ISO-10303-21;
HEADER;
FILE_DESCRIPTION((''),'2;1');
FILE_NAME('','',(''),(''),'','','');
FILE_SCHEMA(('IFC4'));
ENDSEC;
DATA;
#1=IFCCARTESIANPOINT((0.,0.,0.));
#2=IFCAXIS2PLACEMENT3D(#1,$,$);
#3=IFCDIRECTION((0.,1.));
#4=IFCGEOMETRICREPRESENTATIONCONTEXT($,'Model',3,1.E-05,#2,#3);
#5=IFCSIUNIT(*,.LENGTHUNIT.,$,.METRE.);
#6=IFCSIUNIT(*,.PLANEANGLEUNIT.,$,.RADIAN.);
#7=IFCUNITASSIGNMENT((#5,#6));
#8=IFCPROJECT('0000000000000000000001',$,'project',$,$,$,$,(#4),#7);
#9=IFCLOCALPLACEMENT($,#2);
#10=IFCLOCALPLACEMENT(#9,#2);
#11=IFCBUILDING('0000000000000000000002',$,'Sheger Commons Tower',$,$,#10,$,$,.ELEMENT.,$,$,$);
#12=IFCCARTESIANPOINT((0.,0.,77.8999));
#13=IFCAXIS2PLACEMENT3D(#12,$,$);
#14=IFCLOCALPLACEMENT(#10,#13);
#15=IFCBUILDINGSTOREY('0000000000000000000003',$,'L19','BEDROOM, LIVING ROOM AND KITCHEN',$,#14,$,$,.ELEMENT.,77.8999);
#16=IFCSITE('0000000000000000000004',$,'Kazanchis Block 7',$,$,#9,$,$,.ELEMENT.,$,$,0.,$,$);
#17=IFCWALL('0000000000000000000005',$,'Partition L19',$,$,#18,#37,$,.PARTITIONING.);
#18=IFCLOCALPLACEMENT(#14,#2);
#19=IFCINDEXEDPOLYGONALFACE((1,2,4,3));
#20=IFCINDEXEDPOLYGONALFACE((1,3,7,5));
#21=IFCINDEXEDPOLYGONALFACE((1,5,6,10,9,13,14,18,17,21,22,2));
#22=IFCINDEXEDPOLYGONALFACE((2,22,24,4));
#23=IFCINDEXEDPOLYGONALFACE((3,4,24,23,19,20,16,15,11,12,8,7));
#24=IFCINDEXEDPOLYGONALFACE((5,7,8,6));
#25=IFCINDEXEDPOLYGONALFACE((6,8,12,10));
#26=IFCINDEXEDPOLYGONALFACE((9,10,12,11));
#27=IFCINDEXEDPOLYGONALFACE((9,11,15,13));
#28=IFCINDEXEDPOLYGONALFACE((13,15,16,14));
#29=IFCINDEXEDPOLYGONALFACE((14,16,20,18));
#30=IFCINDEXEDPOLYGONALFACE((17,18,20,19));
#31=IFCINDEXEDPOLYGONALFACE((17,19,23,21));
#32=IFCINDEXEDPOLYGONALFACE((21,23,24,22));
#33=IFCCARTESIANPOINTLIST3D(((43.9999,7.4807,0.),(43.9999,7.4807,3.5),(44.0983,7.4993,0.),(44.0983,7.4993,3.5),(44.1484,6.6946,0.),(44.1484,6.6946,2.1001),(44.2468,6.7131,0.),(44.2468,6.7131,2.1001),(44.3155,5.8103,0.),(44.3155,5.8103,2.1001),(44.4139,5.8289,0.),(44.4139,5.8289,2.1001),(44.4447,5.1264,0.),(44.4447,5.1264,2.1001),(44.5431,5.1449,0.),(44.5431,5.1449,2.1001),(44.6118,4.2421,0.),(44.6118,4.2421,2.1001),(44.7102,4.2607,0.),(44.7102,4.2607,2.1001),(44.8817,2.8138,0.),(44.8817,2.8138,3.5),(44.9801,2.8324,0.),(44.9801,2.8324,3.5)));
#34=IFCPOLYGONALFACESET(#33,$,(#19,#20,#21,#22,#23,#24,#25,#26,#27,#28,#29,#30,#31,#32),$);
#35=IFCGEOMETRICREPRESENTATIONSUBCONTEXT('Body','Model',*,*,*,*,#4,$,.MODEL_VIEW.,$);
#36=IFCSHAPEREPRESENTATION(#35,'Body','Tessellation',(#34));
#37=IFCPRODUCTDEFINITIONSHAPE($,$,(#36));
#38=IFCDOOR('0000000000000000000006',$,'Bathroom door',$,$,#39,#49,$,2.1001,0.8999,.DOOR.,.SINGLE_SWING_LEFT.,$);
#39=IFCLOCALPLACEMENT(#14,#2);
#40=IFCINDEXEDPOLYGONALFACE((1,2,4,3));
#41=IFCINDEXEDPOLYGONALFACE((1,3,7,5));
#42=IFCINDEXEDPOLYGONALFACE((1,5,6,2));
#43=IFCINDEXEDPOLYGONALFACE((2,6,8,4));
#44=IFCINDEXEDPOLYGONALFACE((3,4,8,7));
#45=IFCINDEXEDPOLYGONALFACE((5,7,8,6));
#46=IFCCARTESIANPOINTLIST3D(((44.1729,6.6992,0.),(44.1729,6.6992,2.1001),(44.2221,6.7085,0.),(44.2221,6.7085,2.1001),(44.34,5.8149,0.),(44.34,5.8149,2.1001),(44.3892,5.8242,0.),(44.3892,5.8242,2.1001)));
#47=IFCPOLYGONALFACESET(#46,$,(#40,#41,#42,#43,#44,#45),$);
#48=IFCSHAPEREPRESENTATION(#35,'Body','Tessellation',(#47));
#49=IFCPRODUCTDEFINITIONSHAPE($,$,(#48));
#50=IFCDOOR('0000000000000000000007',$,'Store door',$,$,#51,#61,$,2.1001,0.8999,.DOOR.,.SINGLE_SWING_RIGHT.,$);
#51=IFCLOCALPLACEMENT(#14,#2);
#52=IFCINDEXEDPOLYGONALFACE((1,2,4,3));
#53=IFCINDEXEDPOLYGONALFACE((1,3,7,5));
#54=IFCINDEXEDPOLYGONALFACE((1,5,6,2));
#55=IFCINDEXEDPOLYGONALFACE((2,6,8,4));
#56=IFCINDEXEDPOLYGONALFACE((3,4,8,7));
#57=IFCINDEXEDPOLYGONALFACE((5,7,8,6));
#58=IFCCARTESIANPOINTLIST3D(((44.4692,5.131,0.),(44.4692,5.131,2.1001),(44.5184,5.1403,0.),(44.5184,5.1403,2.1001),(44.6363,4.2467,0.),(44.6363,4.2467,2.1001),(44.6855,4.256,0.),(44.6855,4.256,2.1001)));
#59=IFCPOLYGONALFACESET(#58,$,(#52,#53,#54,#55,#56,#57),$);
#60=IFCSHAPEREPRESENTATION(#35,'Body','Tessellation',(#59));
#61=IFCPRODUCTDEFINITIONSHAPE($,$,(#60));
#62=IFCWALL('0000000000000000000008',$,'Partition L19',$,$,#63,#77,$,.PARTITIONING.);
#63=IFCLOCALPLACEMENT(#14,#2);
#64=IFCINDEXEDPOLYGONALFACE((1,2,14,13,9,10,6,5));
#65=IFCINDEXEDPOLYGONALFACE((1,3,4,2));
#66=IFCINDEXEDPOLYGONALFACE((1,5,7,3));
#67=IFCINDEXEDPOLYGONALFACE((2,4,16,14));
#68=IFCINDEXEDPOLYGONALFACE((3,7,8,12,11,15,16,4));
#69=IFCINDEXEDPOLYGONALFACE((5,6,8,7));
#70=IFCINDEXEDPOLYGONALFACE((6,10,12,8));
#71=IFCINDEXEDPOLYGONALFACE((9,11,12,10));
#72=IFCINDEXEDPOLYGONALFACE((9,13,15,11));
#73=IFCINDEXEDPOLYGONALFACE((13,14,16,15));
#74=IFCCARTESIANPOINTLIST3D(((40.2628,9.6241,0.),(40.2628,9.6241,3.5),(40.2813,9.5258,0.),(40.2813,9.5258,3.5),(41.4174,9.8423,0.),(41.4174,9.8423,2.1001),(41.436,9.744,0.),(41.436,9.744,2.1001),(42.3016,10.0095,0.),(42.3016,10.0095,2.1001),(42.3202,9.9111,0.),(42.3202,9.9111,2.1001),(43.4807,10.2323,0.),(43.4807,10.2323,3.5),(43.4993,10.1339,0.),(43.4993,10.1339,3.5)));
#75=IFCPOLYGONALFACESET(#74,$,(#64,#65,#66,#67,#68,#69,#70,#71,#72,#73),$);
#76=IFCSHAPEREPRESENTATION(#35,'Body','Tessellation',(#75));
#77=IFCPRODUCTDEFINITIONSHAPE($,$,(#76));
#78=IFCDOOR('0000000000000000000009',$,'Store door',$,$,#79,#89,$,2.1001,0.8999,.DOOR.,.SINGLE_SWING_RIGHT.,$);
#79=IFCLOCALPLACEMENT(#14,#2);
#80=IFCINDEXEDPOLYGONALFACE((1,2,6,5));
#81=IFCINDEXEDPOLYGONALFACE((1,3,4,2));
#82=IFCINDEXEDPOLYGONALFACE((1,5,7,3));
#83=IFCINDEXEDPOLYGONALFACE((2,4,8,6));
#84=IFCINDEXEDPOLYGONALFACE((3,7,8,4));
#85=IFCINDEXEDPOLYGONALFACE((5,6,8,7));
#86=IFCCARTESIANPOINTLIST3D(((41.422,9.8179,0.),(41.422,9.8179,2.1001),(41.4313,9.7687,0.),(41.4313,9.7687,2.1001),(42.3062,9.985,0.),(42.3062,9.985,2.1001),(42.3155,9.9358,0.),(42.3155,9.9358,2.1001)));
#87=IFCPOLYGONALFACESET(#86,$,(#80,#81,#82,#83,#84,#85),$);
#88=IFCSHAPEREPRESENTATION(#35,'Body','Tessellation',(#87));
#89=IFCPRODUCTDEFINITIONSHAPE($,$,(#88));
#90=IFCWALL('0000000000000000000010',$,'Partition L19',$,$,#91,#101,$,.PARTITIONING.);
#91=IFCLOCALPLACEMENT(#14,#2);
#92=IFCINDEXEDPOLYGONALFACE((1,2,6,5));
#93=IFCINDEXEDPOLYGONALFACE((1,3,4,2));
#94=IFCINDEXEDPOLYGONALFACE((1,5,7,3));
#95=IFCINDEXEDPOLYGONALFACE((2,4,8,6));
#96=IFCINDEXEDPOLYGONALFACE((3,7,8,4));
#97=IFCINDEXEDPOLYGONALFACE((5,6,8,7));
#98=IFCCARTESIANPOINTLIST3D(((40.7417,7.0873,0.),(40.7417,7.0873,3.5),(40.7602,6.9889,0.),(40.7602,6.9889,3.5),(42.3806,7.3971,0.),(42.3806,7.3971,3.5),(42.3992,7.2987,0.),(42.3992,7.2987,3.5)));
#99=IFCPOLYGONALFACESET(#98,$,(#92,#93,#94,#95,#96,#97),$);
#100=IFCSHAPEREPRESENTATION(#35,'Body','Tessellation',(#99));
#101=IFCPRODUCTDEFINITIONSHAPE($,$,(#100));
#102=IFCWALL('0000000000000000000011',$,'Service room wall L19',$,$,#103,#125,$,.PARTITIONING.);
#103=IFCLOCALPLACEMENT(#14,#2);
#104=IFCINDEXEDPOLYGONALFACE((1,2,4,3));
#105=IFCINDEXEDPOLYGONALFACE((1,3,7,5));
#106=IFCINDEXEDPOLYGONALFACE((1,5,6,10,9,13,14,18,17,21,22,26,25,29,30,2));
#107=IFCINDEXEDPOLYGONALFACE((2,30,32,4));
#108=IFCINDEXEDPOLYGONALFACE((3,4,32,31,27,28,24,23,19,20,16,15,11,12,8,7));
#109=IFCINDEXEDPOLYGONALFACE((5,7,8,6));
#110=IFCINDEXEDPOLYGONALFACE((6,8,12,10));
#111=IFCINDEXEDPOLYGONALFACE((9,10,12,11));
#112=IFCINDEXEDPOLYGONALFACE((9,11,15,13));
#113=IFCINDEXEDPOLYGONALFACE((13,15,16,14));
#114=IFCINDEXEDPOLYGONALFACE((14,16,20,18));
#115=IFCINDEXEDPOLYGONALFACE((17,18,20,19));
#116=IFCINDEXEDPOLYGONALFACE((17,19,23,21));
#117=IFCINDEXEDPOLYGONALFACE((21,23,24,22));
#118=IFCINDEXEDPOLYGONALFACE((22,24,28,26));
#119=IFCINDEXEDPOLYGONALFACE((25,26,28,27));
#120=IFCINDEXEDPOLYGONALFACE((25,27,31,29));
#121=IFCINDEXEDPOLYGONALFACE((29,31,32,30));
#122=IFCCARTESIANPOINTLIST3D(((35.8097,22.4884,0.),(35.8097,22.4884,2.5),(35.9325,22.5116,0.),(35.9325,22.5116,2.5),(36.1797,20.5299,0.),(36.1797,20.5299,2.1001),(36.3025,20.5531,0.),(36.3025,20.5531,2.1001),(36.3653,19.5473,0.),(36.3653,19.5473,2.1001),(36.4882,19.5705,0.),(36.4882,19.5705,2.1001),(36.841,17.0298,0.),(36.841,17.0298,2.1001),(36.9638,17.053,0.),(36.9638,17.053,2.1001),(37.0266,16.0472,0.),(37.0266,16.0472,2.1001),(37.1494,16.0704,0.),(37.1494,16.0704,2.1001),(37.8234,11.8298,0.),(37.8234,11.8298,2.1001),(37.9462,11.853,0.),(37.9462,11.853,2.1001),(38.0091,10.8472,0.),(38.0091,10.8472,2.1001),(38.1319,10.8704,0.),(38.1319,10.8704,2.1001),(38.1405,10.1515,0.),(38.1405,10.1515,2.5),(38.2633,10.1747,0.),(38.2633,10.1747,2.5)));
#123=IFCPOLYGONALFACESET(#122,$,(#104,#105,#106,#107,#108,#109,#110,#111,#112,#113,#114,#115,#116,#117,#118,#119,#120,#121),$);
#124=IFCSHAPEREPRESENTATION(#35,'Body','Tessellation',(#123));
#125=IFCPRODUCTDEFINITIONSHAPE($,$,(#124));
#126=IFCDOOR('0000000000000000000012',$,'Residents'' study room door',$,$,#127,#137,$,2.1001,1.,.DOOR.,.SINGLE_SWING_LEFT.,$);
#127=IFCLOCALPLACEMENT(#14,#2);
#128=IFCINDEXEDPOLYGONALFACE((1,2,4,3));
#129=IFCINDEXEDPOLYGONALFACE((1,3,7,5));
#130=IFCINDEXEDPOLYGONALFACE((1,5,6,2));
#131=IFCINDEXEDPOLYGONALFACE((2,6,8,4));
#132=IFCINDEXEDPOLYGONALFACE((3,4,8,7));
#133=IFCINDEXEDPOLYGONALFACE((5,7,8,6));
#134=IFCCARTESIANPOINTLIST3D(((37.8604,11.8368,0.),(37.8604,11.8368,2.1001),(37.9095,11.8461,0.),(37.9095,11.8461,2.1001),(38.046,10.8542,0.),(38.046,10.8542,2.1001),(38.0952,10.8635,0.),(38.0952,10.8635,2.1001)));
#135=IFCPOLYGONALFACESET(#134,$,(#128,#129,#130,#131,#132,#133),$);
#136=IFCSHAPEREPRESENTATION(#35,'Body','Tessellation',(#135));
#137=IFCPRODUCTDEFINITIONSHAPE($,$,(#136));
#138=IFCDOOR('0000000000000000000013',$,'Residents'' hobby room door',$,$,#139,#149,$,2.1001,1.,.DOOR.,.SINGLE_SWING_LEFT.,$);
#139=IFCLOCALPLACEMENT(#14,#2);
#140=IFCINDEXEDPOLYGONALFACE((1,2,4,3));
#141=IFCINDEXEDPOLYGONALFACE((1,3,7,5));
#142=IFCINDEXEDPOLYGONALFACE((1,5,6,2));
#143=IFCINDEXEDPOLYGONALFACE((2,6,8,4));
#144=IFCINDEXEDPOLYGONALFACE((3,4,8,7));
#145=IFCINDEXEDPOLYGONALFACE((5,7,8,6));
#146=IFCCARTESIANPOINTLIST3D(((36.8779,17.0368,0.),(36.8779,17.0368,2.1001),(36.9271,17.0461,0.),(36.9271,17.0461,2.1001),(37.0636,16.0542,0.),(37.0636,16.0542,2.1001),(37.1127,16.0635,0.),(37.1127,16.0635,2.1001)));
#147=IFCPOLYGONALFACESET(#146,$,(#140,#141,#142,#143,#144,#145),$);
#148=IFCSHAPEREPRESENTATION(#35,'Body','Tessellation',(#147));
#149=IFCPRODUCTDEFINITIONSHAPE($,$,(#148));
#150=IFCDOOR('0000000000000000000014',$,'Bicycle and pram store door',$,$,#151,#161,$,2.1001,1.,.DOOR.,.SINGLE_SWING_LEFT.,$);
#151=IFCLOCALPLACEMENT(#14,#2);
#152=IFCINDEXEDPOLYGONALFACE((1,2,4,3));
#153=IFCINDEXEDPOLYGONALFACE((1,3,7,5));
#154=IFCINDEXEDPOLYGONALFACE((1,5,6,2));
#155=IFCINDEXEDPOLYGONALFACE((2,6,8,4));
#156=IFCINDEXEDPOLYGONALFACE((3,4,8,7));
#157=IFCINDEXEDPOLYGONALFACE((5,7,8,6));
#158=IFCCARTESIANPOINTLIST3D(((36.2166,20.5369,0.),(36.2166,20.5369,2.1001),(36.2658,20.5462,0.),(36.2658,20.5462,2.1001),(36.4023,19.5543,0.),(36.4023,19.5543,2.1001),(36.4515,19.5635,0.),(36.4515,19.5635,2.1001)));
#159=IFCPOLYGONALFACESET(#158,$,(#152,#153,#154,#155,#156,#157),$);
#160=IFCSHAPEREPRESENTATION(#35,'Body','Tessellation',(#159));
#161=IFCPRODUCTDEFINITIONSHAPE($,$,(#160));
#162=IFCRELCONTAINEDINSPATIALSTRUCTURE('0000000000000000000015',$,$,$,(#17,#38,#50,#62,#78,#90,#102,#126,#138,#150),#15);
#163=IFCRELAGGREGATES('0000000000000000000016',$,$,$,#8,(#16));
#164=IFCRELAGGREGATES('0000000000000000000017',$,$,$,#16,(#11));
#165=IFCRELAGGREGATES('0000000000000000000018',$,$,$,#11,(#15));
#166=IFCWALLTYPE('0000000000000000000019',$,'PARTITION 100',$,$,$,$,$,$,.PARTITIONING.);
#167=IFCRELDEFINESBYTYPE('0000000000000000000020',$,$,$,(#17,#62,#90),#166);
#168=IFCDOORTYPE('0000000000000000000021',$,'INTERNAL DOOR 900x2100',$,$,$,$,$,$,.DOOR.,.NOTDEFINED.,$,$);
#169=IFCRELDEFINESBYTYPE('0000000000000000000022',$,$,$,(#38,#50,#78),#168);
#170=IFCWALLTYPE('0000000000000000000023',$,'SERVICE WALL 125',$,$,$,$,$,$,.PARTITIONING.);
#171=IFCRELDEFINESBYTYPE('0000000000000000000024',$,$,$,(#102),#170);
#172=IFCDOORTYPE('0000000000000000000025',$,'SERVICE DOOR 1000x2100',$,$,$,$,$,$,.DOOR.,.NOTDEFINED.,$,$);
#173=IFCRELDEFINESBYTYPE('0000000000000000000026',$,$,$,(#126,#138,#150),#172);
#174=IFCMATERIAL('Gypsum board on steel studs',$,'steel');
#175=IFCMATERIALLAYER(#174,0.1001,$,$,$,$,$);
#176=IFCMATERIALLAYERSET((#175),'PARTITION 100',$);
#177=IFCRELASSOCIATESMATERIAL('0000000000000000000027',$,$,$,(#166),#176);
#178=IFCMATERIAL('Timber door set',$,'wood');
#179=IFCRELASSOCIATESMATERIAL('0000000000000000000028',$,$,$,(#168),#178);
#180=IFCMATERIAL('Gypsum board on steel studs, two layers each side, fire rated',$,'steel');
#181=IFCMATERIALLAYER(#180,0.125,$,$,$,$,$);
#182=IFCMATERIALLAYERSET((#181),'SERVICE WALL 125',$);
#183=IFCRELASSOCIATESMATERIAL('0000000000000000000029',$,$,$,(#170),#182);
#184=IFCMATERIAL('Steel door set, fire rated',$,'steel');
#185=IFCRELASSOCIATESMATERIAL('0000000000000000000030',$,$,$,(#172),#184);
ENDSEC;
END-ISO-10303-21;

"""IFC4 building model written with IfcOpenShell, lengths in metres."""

from ifc_helpers import new_model, si_unit, direction, frame, frame_2d, origin, place, context, subcontext, project, spatial, rectangle, extrude, material, layer, layer_set, type_object, element, fill, save


model = new_model("IFC4")

# Units and contexts
model_context = context("Model", 3, precision=1e-05, world=origin(), true_north=direction((0.0, 1.0)))
body_context = subcontext(model_context, "Body", "Model", "MODEL_VIEW")
ifc_project = project(units=[si_unit("LENGTHUNIT", "METRE"), si_unit("PLANEANGLEUNIT", "RADIAN")], contexts=[model_context])

# Site, building, storey
site_placement = place(None, origin())
site = spatial("IfcSite", under=ifc_project, at=site_placement, Name="Kazanchis Block 7", CompositionType="ELEMENT", RefElevation=0.0)
building_placement = place(site_placement, origin())
building = spatial("IfcBuilding", under=site, at=building_placement, Name="Sheger Commons Tower", CompositionType="ELEMENT")
storey_placement = place(building_placement, frame((0.0, 0.0, 77.8999)))
storey = spatial("IfcBuildingStorey", under=building, at=storey_placement, Name="L19", Description="BEDROOM, LIVING ROOM AND KITCHEN", CompositionType="ELEMENT", Elevation=77.8999)

# Shared definitions
ifc_material_1 = material(Name="Gypsum board on steel studs", Category="steel")
ifc_layer_1 = layer(ifc_material_1, 0.1001)
ifc_layer_set_1 = layer_set([ifc_layer_1], Name="PARTITION 100")
wall_type_1 = type_object("IfcWallType", Name="PARTITION 100", PredefinedType="PARTITIONING", material=ifc_layer_set_1)
ifc_material_2 = material(Name="Timber door set", Category="wood")
door_type_1 = type_object("IfcDoorType", Name="INTERNAL DOOR 900x2100", OperationType="NOTDEFINED", PredefinedType="DOOR", material=ifc_material_2)

# Wall, openings, doors
wall_1_placement = place(storey_placement, frame((44.0491, 7.49, 0.0), z_axis=(0.0, 0.0, 1.0), x_axis=(0.185666, -0.982613, 0.0)))
wall_1 = element("IfcWall", 1, at=wall_1_placement, inside=storey, type_object=wall_type_1, Name="Partition L19", PredefinedType="PARTITIONING", context=body_context, shape_type="SweptSolid", body=[
    extrude(rectangle(XDim=4.7495, YDim=0.1001, at=frame_2d((2.3748, 0.0))), origin(), (0.0, 0.0, 1.0), 3.5),
])
opening_1_placement = place(wall_1_placement, frame((0.8, 0.0, 0.0)))
opening_1 = element("IfcOpeningElement", 2, at=opening_1_placement, cuts=wall_1, PredefinedType="OPENING", context=body_context, shape_type="SweptSolid", body=[
    extrude(rectangle(XDim=0.8999, YDim=2.1001, at=frame_2d((0.45, 1.05))), frame((0.0, 0.0601, 0.0), z_axis=(0.0, -1.0, 0.0), x_axis=(1.0, 0.0, 0.0)), (0.0, 0.0, 1.0), 0.1201),
])
opening_2_placement = place(wall_1_placement, frame((2.396, 0.0, 0.0)))
opening_2 = element("IfcOpeningElement", 3, at=opening_2_placement, cuts=wall_1, PredefinedType="OPENING", context=body_context, shape_type="SweptSolid", body=[
    extrude(rectangle(XDim=0.8999, YDim=2.1001, at=frame_2d((0.45, 1.05))), frame((0.0, 0.0601, 0.0), z_axis=(0.0, -1.0, 0.0), x_axis=(1.0, 0.0, 0.0)), (0.0, 0.0, 1.0), 0.1201),
])
door_1_placement = place(opening_1_placement, origin())
door_1 = element("IfcDoor", 4, at=door_1_placement, inside=storey, type_object=door_type_1, Name="Bathroom door", OperationType="SINGLE_SWING_LEFT", OverallHeight=2.1001, OverallWidth=0.8999, PredefinedType="DOOR", context=body_context, shape_type="SweptSolid", body=[
    extrude(rectangle(XDim=0.8999, YDim=2.1001, at=frame_2d((0.45, 1.05))), frame((0.0, 0.0249, 0.0), z_axis=(0.0, -1.0, 0.0), x_axis=(1.0, 0.0, 0.0)), (0.0, 0.0, 1.0), 0.05),
])
fill(opening_1, door_1)
door_2_placement = place(opening_2_placement, origin())
door_2 = element("IfcDoor", 5, at=door_2_placement, inside=storey, type_object=door_type_1, Name="Store door", OperationType="SINGLE_SWING_RIGHT", OverallHeight=2.1001, OverallWidth=0.8999, PredefinedType="DOOR", context=body_context, shape_type="SweptSolid", body=[
    extrude(rectangle(XDim=0.8999, YDim=2.1001, at=frame_2d((0.45, 1.05))), frame((0.0, 0.0249, 0.0), z_axis=(0.0, -1.0, 0.0), x_axis=(1.0, 0.0, 0.0)), (0.0, 0.0, 1.0), 0.05),
])
fill(opening_2, door_2)

# Wall, opening, door
wall_2_placement = place(storey_placement, frame((43.49, 10.1831, 0.0), z_axis=(0.0, 0.0, 1.0), x_axis=(-0.982607, -0.185697, 0.0)))
wall_2 = element("IfcWall", 6, at=wall_2_placement, inside=storey, type_object=wall_type_1, Name="Partition L19", PredefinedType="PARTITIONING", context=body_context, shape_type="SweptSolid", body=[
    extrude(rectangle(XDim=3.2749, YDim=0.1001, at=frame_2d((1.6375, 0.0))), origin(), (0.0, 0.0, 1.0), 3.5),
])
opening_3_placement = place(wall_2_placement, frame((1.2, 0.0, 0.0)))
opening_3 = element("IfcOpeningElement", 7, at=opening_3_placement, cuts=wall_2, PredefinedType="OPENING", context=body_context, shape_type="SweptSolid", body=[
    extrude(rectangle(XDim=0.8999, YDim=2.1001, at=frame_2d((0.45, 1.05))), frame((0.0, 0.0601, 0.0), z_axis=(0.0, -1.0, 0.0), x_axis=(1.0, 0.0, 0.0)), (0.0, 0.0, 1.0), 0.1201),
])
door_3_placement = place(opening_3_placement, origin())
door_3 = element("IfcDoor", 8, at=door_3_placement, inside=storey, type_object=door_type_1, Name="Store door", OperationType="SINGLE_SWING_RIGHT", OverallHeight=2.1001, OverallWidth=0.8999, PredefinedType="DOOR", context=body_context, shape_type="SweptSolid", body=[
    extrude(rectangle(XDim=0.8999, YDim=2.1001, at=frame_2d((0.45, 1.05))), frame((0.0, 0.0249, 0.0), z_axis=(0.0, -1.0, 0.0), x_axis=(1.0, 0.0, 0.0)), (0.0, 0.0, 1.0), 0.05),
])
fill(opening_3, door_3)

# Wall
wall_3_placement = place(storey_placement, frame((42.3899, 7.3479, 0.0), z_axis=(0.0, 0.0, 1.0), x_axis=(-0.982598, -0.185747, 0.0)))
element("IfcWall", 9, at=wall_3_placement, inside=storey, type_object=wall_type_1, Name="Partition L19", PredefinedType="PARTITIONING", context=body_context, shape_type="SweptSolid", body=[
    extrude(rectangle(XDim=1.668, YDim=0.1001, at=frame_2d((0.834, 0.0))), origin(), (0.0, 0.0, 1.0), 3.5),
])

# Wall, openings, doors
ifc_material_3 = material(Name="Gypsum board on steel studs, two layers each side, fire rated", Category="steel")
ifc_layer_2 = layer(ifc_material_3, 0.125)
ifc_layer_set_2 = layer_set([ifc_layer_2], Name="SERVICE WALL 125")
wall_type_2 = type_object("IfcWallType", Name="SERVICE WALL 125", PredefinedType="PARTITIONING", material=ifc_layer_set_2)
wall_4_placement = place(storey_placement, frame((38.2019, 10.1631, 0.0), z_axis=(0.0, 0.0, 1.0), x_axis=(-0.185646, 0.982617, 0.0)))
wall_4 = element("IfcWall", 10, at=wall_4_placement, inside=storey, type_object=wall_type_2, Name="Service room wall L19", PredefinedType="PARTITIONING", context=body_context, shape_type="SweptSolid", body=[
    extrude(rectangle(XDim=12.5552, YDim=0.125, at=frame_2d((6.2776, 0.0))), origin(), (0.0, 0.0, 1.0), 2.5),
])
opening_4_placement = place(wall_4_placement, frame((0.708, 0.0, 0.0)))
opening_4 = element("IfcOpeningElement", 11, at=opening_4_placement, cuts=wall_4, PredefinedType="OPENING", context=body_context, shape_type="SweptSolid", body=[
    extrude(rectangle(XDim=1.0, YDim=2.1001, at=frame_2d((0.5, 1.05))), frame((0.0, 0.0725, 0.0), z_axis=(0.0, -1.0, 0.0), x_axis=(1.0, 0.0, 0.0)), (0.0, 0.0, 1.0), 0.145),
])
opening_5_placement = place(wall_4_placement, frame((6.0, 0.0, 0.0)))
opening_5 = element("IfcOpeningElement", 12, at=opening_5_placement, cuts=wall_4, PredefinedType="OPENING", context=body_context, shape_type="SweptSolid", body=[
    extrude(rectangle(XDim=1.0, YDim=2.1001, at=frame_2d((0.5, 1.05))), frame((0.0, 0.0725, 0.0), z_axis=(0.0, -1.0, 0.0), x_axis=(1.0, 0.0, 0.0)), (0.0, 0.0, 1.0), 0.145),
])
opening_6_placement = place(wall_4_placement, frame((9.562, 0.0, 0.0)))
opening_6 = element("IfcOpeningElement", 13, at=opening_6_placement, cuts=wall_4, PredefinedType="OPENING", context=body_context, shape_type="SweptSolid", body=[
    extrude(rectangle(XDim=1.0, YDim=2.1001, at=frame_2d((0.5, 1.05))), frame((0.0, 0.0725, 0.0), z_axis=(0.0, -1.0, 0.0), x_axis=(1.0, 0.0, 0.0)), (0.0, 0.0, 1.0), 0.145),
])
ifc_material_4 = material(Name="Steel door set, fire rated", Category="steel")
door_type_2 = type_object("IfcDoorType", Name="SERVICE DOOR 1000x2100", OperationType="NOTDEFINED", PredefinedType="DOOR", material=ifc_material_4)
door_4_placement = place(opening_4_placement, origin())
door_4 = element("IfcDoor", 14, at=door_4_placement, inside=storey, type_object=door_type_2, Name="Residents' study room door", OperationType="SINGLE_SWING_LEFT", OverallHeight=2.1001, OverallWidth=1.0, PredefinedType="DOOR", context=body_context, shape_type="SweptSolid", body=[
    extrude(rectangle(XDim=1.0, YDim=2.1001, at=frame_2d((0.5, 1.05))), frame((0.0, 0.0249, 0.0), z_axis=(0.0, -1.0, 0.0), x_axis=(1.0, 0.0, 0.0)), (0.0, 0.0, 1.0), 0.05),
])
fill(opening_4, door_4)
door_5_placement = place(opening_5_placement, origin())
door_5 = element("IfcDoor", 15, at=door_5_placement, inside=storey, type_object=door_type_2, Name="Residents' hobby room door", OperationType="SINGLE_SWING_LEFT", OverallHeight=2.1001, OverallWidth=1.0, PredefinedType="DOOR", context=body_context, shape_type="SweptSolid", body=[
    extrude(rectangle(XDim=1.0, YDim=2.1001, at=frame_2d((0.5, 1.05))), frame((0.0, 0.0249, 0.0), z_axis=(0.0, -1.0, 0.0), x_axis=(1.0, 0.0, 0.0)), (0.0, 0.0, 1.0), 0.05),
])
fill(opening_5, door_5)
door_6_placement = place(opening_6_placement, origin())
door_6 = element("IfcDoor", 16, at=door_6_placement, inside=storey, type_object=door_type_2, Name="Bicycle and pram store door", OperationType="SINGLE_SWING_LEFT", OverallHeight=2.1001, OverallWidth=1.0, PredefinedType="DOOR", context=body_context, shape_type="SweptSolid", body=[
    extrude(rectangle(XDim=1.0, YDim=2.1001, at=frame_2d((0.5, 1.05))), frame((0.0, 0.0249, 0.0), z_axis=(0.0, -1.0, 0.0), x_axis=(1.0, 0.0, 0.0)), (0.0, 0.0, 1.0), 0.05),
])
fill(opening_6, door_6)

save(model, "model.ifc")
